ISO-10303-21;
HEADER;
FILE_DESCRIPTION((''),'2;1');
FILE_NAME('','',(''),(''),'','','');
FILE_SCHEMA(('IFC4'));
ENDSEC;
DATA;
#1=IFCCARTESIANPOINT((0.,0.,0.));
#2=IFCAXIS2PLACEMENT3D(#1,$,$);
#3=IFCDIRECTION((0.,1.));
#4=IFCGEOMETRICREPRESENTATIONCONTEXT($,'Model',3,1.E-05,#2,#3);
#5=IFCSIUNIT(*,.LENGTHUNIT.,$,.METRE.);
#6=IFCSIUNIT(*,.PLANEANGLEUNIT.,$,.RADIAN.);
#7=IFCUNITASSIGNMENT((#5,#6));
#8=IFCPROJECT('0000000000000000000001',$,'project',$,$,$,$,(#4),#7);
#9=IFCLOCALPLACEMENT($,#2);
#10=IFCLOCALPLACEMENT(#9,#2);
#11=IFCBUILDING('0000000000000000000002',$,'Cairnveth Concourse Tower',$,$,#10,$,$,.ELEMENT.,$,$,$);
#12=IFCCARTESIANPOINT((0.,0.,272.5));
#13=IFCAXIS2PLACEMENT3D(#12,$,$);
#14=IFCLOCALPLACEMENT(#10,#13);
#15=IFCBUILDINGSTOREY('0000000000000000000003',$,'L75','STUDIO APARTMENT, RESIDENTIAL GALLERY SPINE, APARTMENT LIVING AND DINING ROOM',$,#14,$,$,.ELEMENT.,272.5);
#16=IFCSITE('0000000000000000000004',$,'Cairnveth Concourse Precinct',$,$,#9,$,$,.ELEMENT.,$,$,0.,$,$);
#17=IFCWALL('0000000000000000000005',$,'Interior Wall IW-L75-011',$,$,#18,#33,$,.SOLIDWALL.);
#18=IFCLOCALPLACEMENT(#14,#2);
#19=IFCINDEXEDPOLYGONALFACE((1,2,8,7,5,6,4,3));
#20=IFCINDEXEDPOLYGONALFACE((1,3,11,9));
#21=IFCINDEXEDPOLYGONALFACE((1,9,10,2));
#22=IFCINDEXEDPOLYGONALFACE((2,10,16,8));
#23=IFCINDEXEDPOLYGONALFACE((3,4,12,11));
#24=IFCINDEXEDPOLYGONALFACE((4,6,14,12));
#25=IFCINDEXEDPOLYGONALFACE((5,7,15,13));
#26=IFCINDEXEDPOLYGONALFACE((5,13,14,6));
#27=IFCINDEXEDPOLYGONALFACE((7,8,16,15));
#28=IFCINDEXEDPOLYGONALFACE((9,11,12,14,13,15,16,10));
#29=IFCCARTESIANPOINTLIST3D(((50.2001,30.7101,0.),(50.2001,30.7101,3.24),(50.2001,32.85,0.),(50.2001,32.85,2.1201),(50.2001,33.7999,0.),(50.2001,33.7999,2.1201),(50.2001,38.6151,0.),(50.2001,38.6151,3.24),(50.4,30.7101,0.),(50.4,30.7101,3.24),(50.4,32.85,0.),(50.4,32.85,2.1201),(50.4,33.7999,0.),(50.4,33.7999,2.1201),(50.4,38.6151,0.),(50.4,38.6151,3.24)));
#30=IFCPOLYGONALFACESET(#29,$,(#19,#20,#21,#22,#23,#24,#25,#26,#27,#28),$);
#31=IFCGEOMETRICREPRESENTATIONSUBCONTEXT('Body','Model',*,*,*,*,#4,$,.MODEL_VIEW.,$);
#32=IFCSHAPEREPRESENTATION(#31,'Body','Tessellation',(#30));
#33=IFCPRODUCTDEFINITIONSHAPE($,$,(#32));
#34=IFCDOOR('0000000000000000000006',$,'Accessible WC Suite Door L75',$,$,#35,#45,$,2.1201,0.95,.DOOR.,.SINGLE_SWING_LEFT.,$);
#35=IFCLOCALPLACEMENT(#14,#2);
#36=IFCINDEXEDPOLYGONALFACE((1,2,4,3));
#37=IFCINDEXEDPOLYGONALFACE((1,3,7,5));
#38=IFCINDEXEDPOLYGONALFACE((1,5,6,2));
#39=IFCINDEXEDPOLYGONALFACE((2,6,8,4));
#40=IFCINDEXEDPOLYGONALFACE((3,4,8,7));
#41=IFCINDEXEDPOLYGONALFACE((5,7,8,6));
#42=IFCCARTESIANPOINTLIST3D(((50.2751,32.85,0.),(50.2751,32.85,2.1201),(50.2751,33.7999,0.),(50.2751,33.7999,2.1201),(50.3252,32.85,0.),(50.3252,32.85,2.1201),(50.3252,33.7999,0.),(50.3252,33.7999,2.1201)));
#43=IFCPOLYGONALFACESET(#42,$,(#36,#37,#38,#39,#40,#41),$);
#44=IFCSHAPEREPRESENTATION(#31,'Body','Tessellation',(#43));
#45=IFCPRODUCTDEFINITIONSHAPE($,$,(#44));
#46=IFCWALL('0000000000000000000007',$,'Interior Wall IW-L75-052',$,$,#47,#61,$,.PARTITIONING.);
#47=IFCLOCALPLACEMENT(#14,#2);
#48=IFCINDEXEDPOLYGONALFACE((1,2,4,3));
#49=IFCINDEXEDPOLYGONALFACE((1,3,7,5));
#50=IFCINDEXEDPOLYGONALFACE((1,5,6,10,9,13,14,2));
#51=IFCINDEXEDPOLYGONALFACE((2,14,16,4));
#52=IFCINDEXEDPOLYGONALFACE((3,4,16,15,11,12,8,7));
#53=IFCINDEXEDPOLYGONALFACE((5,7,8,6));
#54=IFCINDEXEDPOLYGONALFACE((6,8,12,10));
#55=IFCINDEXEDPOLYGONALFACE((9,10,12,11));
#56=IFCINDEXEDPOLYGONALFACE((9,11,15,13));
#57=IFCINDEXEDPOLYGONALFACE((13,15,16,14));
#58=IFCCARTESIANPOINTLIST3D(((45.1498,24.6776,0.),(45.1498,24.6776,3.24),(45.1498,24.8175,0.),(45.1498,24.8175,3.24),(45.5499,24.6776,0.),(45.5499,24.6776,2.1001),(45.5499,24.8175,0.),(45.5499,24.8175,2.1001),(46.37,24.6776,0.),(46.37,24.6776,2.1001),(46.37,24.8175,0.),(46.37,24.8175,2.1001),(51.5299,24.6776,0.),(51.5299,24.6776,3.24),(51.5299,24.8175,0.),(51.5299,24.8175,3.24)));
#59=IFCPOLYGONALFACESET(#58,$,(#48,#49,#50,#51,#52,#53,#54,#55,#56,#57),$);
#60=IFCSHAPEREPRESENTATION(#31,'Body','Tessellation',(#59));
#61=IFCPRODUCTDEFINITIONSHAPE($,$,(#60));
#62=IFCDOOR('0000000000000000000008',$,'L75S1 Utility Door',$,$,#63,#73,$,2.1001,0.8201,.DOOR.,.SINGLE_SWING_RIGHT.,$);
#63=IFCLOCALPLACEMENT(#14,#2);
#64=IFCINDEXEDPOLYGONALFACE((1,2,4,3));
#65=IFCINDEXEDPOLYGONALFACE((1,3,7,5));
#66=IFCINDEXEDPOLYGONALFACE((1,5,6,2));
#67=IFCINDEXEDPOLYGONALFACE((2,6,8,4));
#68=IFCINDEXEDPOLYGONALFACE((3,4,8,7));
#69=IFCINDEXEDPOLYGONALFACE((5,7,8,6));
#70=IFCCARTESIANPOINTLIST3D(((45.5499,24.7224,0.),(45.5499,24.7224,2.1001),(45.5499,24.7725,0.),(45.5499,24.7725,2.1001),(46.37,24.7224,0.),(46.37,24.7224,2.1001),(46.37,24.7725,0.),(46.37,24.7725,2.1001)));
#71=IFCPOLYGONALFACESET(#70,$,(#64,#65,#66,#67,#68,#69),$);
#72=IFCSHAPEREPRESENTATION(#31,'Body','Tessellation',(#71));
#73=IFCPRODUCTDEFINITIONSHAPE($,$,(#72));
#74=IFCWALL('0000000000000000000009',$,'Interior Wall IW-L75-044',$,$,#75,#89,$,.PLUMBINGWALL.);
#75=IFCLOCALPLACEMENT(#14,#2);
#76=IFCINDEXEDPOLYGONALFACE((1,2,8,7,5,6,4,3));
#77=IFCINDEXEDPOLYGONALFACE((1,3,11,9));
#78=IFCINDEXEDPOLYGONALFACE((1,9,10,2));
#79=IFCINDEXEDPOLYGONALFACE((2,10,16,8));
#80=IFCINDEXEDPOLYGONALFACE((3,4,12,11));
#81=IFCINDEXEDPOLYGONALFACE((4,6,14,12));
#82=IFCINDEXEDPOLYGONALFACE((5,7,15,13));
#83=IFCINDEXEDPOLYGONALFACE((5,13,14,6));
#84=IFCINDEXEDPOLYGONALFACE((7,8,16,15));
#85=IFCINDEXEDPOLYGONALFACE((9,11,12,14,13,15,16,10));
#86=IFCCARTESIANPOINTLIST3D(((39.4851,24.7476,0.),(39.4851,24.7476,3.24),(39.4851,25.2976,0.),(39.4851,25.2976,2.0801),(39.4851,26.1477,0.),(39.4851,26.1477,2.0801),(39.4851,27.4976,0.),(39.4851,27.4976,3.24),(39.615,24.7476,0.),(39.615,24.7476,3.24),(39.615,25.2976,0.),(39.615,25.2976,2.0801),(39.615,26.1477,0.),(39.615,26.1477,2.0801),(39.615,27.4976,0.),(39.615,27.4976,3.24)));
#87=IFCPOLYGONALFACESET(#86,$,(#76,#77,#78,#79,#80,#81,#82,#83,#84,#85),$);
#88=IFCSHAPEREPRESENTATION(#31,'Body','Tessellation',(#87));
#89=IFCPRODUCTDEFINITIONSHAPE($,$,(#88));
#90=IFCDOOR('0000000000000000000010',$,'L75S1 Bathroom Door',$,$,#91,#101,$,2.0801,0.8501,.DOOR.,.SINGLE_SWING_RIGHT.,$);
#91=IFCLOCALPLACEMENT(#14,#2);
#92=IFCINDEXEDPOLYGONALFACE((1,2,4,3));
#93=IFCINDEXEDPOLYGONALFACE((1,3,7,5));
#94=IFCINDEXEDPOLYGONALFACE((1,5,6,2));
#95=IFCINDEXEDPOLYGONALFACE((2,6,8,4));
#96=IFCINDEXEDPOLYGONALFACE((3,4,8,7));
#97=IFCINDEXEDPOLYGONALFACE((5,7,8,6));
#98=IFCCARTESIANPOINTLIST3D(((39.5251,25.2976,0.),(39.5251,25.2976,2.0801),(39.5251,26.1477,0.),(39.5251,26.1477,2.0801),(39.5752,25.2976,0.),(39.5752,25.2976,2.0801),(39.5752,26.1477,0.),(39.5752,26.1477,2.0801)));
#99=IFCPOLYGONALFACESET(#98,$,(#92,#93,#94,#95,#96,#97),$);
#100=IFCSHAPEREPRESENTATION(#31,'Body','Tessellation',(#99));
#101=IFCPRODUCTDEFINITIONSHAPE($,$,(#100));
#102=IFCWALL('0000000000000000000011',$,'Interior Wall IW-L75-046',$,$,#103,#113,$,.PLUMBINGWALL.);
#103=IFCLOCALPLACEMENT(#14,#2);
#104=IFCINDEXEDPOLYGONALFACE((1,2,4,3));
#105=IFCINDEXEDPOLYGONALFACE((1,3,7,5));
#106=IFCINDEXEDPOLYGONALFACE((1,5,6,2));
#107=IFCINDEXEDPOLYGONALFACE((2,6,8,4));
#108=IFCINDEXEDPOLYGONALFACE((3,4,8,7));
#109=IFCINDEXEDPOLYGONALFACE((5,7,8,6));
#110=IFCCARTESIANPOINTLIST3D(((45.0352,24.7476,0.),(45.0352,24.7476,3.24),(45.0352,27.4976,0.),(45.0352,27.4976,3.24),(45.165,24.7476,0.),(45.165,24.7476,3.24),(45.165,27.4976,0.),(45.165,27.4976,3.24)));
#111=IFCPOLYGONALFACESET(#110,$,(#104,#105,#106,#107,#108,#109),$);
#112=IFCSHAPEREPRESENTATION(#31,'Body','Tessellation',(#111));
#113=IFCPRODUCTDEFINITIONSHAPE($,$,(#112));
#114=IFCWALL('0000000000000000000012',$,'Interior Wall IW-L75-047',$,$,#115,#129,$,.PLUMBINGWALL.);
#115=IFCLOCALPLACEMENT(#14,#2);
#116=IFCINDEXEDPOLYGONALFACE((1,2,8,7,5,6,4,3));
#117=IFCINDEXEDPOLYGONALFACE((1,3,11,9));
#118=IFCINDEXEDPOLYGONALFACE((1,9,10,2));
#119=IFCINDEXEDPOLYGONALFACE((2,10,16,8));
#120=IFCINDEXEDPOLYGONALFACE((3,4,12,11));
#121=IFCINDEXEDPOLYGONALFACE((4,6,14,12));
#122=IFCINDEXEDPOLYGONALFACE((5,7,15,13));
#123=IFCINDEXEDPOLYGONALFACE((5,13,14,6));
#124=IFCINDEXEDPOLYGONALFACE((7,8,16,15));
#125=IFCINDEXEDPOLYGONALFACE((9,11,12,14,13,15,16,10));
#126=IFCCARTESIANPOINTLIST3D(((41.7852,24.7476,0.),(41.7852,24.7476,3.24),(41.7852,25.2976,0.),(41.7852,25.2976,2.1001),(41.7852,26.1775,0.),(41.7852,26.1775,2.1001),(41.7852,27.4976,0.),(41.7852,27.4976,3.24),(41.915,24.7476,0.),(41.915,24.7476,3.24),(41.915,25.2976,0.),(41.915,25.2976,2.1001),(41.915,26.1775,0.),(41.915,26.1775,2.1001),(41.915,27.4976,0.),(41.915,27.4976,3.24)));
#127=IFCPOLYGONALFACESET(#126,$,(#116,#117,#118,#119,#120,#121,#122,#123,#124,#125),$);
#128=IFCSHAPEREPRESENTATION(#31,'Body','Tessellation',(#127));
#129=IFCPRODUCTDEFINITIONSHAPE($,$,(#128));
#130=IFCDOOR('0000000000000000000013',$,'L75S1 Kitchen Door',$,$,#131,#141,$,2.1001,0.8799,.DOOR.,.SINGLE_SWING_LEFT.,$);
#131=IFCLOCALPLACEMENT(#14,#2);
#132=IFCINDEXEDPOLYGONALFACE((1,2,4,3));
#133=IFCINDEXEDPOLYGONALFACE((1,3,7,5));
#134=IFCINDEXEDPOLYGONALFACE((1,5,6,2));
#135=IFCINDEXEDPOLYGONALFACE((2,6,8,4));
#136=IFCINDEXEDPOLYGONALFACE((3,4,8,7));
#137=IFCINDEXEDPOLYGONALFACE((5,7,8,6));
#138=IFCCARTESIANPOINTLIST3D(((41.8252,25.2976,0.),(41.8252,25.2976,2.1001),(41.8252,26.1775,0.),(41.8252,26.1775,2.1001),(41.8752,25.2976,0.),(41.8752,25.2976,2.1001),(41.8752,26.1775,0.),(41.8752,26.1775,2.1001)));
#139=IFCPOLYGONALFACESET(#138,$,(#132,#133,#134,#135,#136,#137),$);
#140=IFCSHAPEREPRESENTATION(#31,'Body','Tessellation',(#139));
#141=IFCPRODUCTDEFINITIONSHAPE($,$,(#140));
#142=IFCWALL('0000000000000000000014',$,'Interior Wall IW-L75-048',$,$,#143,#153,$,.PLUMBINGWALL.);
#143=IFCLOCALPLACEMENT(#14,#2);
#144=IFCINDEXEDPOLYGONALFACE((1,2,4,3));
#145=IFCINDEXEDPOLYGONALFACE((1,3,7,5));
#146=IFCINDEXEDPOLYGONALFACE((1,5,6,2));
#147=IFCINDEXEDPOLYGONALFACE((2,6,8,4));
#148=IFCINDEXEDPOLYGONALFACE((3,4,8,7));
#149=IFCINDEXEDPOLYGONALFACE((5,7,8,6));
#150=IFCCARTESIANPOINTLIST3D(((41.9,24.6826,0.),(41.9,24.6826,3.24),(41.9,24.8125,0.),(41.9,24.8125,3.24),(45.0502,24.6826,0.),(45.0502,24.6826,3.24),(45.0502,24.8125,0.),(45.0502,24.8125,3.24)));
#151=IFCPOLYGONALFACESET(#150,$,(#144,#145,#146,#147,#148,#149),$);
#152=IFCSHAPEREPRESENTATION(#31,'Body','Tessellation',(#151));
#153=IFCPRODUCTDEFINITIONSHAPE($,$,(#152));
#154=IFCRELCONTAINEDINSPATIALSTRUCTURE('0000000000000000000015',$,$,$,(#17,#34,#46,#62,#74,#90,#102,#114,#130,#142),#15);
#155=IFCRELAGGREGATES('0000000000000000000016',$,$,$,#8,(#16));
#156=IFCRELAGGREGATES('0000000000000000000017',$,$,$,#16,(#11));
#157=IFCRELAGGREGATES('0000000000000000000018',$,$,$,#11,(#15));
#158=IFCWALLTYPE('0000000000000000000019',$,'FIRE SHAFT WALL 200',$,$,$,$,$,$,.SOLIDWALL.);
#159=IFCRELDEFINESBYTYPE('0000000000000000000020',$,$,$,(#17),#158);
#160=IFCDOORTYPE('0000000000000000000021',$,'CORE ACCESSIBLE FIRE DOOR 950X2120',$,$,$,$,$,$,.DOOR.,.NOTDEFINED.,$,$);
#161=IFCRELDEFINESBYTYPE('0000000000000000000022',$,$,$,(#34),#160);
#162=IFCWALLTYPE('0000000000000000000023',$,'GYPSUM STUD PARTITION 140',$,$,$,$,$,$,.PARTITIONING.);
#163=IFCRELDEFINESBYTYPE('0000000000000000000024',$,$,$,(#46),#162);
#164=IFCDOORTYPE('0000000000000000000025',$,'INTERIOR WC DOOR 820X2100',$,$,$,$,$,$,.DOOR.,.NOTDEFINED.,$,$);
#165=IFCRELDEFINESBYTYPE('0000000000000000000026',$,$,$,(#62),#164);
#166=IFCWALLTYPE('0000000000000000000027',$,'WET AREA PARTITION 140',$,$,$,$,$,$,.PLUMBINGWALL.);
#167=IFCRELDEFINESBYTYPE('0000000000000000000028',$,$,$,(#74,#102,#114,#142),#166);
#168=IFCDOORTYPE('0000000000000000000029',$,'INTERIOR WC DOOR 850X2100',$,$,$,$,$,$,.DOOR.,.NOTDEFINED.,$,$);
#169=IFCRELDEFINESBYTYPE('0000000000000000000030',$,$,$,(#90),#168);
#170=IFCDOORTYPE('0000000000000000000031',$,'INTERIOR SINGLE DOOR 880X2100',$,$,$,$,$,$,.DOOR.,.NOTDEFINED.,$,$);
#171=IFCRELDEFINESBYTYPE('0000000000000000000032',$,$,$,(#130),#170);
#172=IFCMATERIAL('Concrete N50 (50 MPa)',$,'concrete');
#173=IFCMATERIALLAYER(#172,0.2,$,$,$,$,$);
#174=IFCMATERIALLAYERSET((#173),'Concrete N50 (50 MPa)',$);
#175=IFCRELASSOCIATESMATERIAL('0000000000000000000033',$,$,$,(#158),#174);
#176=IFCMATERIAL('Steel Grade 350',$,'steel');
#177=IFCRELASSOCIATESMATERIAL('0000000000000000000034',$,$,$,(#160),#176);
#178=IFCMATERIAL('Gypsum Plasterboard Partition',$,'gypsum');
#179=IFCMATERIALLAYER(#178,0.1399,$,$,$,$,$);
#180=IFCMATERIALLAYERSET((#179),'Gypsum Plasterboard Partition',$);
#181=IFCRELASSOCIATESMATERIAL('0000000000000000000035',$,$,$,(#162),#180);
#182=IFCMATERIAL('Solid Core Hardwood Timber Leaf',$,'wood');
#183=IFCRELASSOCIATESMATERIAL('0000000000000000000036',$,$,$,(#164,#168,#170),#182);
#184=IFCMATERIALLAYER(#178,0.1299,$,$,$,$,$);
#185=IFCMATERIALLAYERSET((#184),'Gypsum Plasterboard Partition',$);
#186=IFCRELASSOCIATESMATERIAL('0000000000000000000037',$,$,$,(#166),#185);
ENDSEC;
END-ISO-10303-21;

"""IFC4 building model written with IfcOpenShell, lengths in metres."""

from ifc_helpers import new_model, si_unit, direction, frame, frame_2d, origin, place, context, subcontext, project, spatial, rectangle, extrude, material, layer, layer_set, type_object, element, fill, save


model = new_model("IFC4")

# Units and contexts
model_context = context("Model", 3, precision=1e-05, world=origin(), true_north=direction((0.0, 1.0)))
body_context = subcontext(model_context, "Body", "Model", "MODEL_VIEW")
ifc_project = project(units=[si_unit("LENGTHUNIT", "METRE"), si_unit("PLANEANGLEUNIT", "RADIAN")], contexts=[model_context])

# Site, building, storey
site_placement = place(None, origin())
site = spatial("IfcSite", under=ifc_project, at=site_placement, Name="Cairnveth Concourse Precinct", CompositionType="ELEMENT", RefElevation=0.0)
building_placement = place(site_placement, origin())
building = spatial("IfcBuilding", under=site, at=building_placement, Name="Cairnveth Concourse Tower", CompositionType="ELEMENT")
storey_placement = place(building_placement, frame((0.0, 0.0, 272.5)))
storey = spatial("IfcBuildingStorey", under=building, at=storey_placement, Name="L75", Description="STUDIO APARTMENT, RESIDENTIAL GALLERY SPINE, APARTMENT LIVING AND DINING ROOM", CompositionType="ELEMENT", Elevation=272.5)

# Shared definitions
ifc_material_1 = material(Name="Gypsum Plasterboard Partition", Category="gypsum")

# Shared definitions
ifc_material_2 = material(Name="Steel Grade 350", Category="steel")

# Shared definitions
ifc_material_3 = material(Name="Solid Core Hardwood Timber Leaf", Category="wood")

# Shared definitions
ifc_material_4 = material(Name="Concrete N50 (50 MPa)", Category="concrete")

# Walls, openings, doors
ifc_layer_1 = layer(ifc_material_4, 0.2)
ifc_layer_set_1 = layer_set([ifc_layer_1], Name="Concrete N50 (50 MPa)")
wall_type_1 = type_object("IfcWallType", Name="FIRE SHAFT WALL 200", PredefinedType="SOLIDWALL", material=ifc_layer_set_1)
wall_1_placement = place(storey_placement, frame((50.3, 30.71, 0.0), z_axis=(0.0, 0.0, 1.0), x_axis=(0.0, 1.0, 0.0)))
wall_1 = element("IfcWall", 1, at=wall_1_placement, inside=storey, type_object=wall_type_1, Name="Interior Wall IW-L75-011", PredefinedType="SOLIDWALL", context=body_context, shape_type="SweptSolid", body=[
    extrude(rectangle(XDim=7.905, YDim=0.2, at=frame_2d((3.9526, 0.0))), origin(), (0.0, 0.0, 1.0), 3.24),
])
opening_1_placement = place(wall_1_placement, frame((2.1399, 0.0, 0.0)))
opening_1 = element("IfcOpeningElement", 2, at=opening_1_placement, cuts=wall_1, PredefinedType="OPENING", context=body_context, shape_type="SweptSolid", body=[
    extrude(rectangle(XDim=0.95, YDim=2.1201, at=frame_2d((0.4751, 1.0601))), frame((0.0, 0.1099, 0.0), z_axis=(0.0, -1.0, 0.0), x_axis=(1.0, 0.0, 0.0)), (0.0, 0.0, 1.0), 0.22),
])
door_type_1 = type_object("IfcDoorType", Name="CORE ACCESSIBLE FIRE DOOR 950X2120", OperationType="NOTDEFINED", PredefinedType="DOOR", material=ifc_material_2)
door_1_placement = place(opening_1_placement, origin())
door_1 = element("IfcDoor", 3, at=door_1_placement, inside=storey, type_object=door_type_1, Name="Accessible WC Suite Door L75", OperationType="SINGLE_SWING_LEFT", OverallHeight=2.1201, OverallWidth=0.95, PredefinedType="DOOR", context=body_context, shape_type="SweptSolid", body=[
    extrude(rectangle(XDim=0.95, YDim=2.1201, at=frame_2d((0.4751, 1.0601))), frame((0.0, 0.0249, 0.0), z_axis=(0.0, -1.0, 0.0), x_axis=(1.0, 0.0, 0.0)), (0.0, 0.0, 1.0), 0.05),
])
fill(opening_1, door_1)
ifc_layer_2 = layer(ifc_material_1, 0.1399)
ifc_layer_set_2 = layer_set([ifc_layer_2], Name="Gypsum Plasterboard Partition")
wall_type_2 = type_object("IfcWallType", Name="GYPSUM STUD PARTITION 140", PredefinedType="PARTITIONING", material=ifc_layer_set_2)
wall_2_placement = place(storey_placement, frame((45.1499, 24.7476, 0.0), z_axis=(0.0, 0.0, 1.0), x_axis=(1.0, 0.0, 0.0)))
wall_2 = element("IfcWall", 4, at=wall_2_placement, inside=storey, type_object=wall_type_2, Name="Interior Wall IW-L75-052", PredefinedType="PARTITIONING", context=body_context, shape_type="SweptSolid", body=[
    extrude(rectangle(XDim=6.3801, YDim=0.1399, at=frame_2d((3.1899, 0.0))), origin(), (0.0, 0.0, 1.0), 3.24),
])
opening_2_placement = place(wall_2_placement, frame((0.3999, 0.0, 0.0)))
opening_2 = element("IfcOpeningElement", 5, at=opening_2_placement, cuts=wall_2, PredefinedType="OPENING", context=body_context, shape_type="SweptSolid", body=[
    extrude(rectangle(XDim=0.8201, YDim=2.1001, at=frame_2d((0.4102, 1.05))), frame((0.0, 0.0798, 0.0), z_axis=(0.0, -1.0, 0.0), x_axis=(1.0, 0.0, 0.0)), (0.0, 0.0, 1.0), 0.1599),
])
door_type_2 = type_object("IfcDoorType", Name="INTERIOR WC DOOR 820X2100", OperationType="NOTDEFINED", PredefinedType="DOOR", material=ifc_material_3)
door_2_placement = place(opening_2_placement, origin())
door_2 = element("IfcDoor", 6, at=door_2_placement, inside=storey, type_object=door_type_2, Name="L75S1 Utility Door", OperationType="SINGLE_SWING_RIGHT", OverallHeight=2.1001, OverallWidth=0.8201, PredefinedType="DOOR", context=body_context, shape_type="SweptSolid", body=[
    extrude(rectangle(XDim=0.8201, YDim=2.1001, at=frame_2d((0.4102, 1.05))), frame((0.0, 0.0249, 0.0), z_axis=(0.0, -1.0, 0.0), x_axis=(1.0, 0.0, 0.0)), (0.0, 0.0, 1.0), 0.05),
])
fill(opening_2, door_2)
ifc_layer_3 = layer(ifc_material_1, 0.1299)
ifc_layer_set_3 = layer_set([ifc_layer_3], Name="Gypsum Plasterboard Partition")
wall_type_3 = type_object("IfcWallType", Name="WET AREA PARTITION 140", PredefinedType="PLUMBINGWALL", material=ifc_layer_set_3)
wall_3_placement = place(storey_placement, frame((39.55, 24.7476, 0.0), z_axis=(0.0, 0.0, 1.0), x_axis=(0.0, 1.0, 0.0)))
wall_3 = element("IfcWall", 7, at=wall_3_placement, inside=storey, type_object=wall_type_3, Name="Interior Wall IW-L75-044", PredefinedType="PLUMBINGWALL", context=body_context, shape_type="SweptSolid", body=[
    extrude(rectangle(XDim=2.75, YDim=0.1299, at=frame_2d((1.375, 0.0))), origin(), (0.0, 0.0, 1.0), 3.24),
])
opening_3_placement = place(wall_3_placement, frame((0.55, 0.0, 0.0)))
opening_3 = element("IfcOpeningElement", 8, at=opening_3_placement, cuts=wall_3, PredefinedType="OPENING", context=body_context, shape_type="SweptSolid", body=[
    extrude(rectangle(XDim=0.8501, YDim=2.0801, at=frame_2d((0.425, 1.04))), frame((0.0, 0.075, 0.0), z_axis=(0.0, -1.0, 0.0), x_axis=(1.0, 0.0, 0.0)), (0.0, 0.0, 1.0), 0.1499),
])
door_type_3 = type_object("IfcDoorType", Name="INTERIOR WC DOOR 850X2100", OperationType="NOTDEFINED", PredefinedType="DOOR", material=ifc_material_3)
door_3_placement = place(opening_3_placement, origin())
door_3 = element("IfcDoor", 9, at=door_3_placement, inside=storey, type_object=door_type_3, Name="L75S1 Bathroom Door", OperationType="SINGLE_SWING_RIGHT", OverallHeight=2.0801, OverallWidth=0.8501, PredefinedType="DOOR", context=body_context, shape_type="SweptSolid", body=[
    extrude(rectangle(XDim=0.8501, YDim=2.0801, at=frame_2d((0.425, 1.04))), frame((0.0, 0.0249, 0.0), z_axis=(0.0, -1.0, 0.0), x_axis=(1.0, 0.0, 0.0)), (0.0, 0.0, 1.0), 0.05),
])
fill(opening_3, door_3)

# Wall
wall_4_placement = place(storey_placement, frame((45.1001, 24.7476, 0.0), z_axis=(0.0, 0.0, 1.0), x_axis=(0.0, 1.0, 0.0)))
element("IfcWall", 10, at=wall_4_placement, inside=storey, type_object=wall_type_3, Name="Interior Wall IW-L75-046", PredefinedType="PLUMBINGWALL", context=body_context, shape_type="SweptSolid", body=[
    extrude(rectangle(XDim=2.75, YDim=0.1299, at=frame_2d((1.375, 0.0))), origin(), (0.0, 0.0, 1.0), 3.24),
])

# Wall, opening, door
wall_5_placement = place(storey_placement, frame((41.8501, 24.7476, 0.0), z_axis=(0.0, 0.0, 1.0), x_axis=(0.0, 1.0, 0.0)))
wall_5 = element("IfcWall", 11, at=wall_5_placement, inside=storey, type_object=wall_type_3, Name="Interior Wall IW-L75-047", PredefinedType="PLUMBINGWALL", context=body_context, shape_type="SweptSolid", body=[
    extrude(rectangle(XDim=2.75, YDim=0.1299, at=frame_2d((1.375, 0.0))), origin(), (0.0, 0.0, 1.0), 3.24),
])
opening_4_placement = place(wall_5_placement, frame((0.55, 0.0, 0.0)))
opening_4 = element("IfcOpeningElement", 12, at=opening_4_placement, cuts=wall_5, PredefinedType="OPENING", context=body_context, shape_type="SweptSolid", body=[
    extrude(rectangle(XDim=0.8799, YDim=2.1001, at=frame_2d((0.4399, 1.05))), frame((0.0, 0.075, 0.0), z_axis=(0.0, -1.0, 0.0), x_axis=(1.0, 0.0, 0.0)), (0.0, 0.0, 1.0), 0.1499),
])
door_type_4 = type_object("IfcDoorType", Name="INTERIOR SINGLE DOOR 880X2100", OperationType="NOTDEFINED", PredefinedType="DOOR", material=ifc_material_3)
door_4_placement = place(opening_4_placement, origin())
door_4 = element("IfcDoor", 13, at=door_4_placement, inside=storey, type_object=door_type_4, Name="L75S1 Kitchen Door", OperationType="SINGLE_SWING_LEFT", OverallHeight=2.1001, OverallWidth=0.8799, PredefinedType="DOOR", context=body_context, shape_type="SweptSolid", body=[
    extrude(rectangle(XDim=0.8799, YDim=2.1001, at=frame_2d((0.4399, 1.05))), frame((0.0, 0.0249, 0.0), z_axis=(0.0, -1.0, 0.0), x_axis=(1.0, 0.0, 0.0)), (0.0, 0.0, 1.0), 0.05),
])
fill(opening_4, door_4)

# Wall
wall_6_placement = place(storey_placement, frame((41.8999, 24.7476, 0.0), z_axis=(0.0, 0.0, 1.0), x_axis=(1.0, 0.0, 0.0)))
element("IfcWall", 14, at=wall_6_placement, inside=storey, type_object=wall_type_3, Name="Interior Wall IW-L75-048", PredefinedType="PLUMBINGWALL", context=body_context, shape_type="SweptSolid", body=[
    extrude(rectangle(XDim=3.1501, YDim=0.1299, at=frame_2d((1.5752, 0.0))), origin(), (0.0, 0.0, 1.0), 3.24),
])

save(model, "model.ifc")
